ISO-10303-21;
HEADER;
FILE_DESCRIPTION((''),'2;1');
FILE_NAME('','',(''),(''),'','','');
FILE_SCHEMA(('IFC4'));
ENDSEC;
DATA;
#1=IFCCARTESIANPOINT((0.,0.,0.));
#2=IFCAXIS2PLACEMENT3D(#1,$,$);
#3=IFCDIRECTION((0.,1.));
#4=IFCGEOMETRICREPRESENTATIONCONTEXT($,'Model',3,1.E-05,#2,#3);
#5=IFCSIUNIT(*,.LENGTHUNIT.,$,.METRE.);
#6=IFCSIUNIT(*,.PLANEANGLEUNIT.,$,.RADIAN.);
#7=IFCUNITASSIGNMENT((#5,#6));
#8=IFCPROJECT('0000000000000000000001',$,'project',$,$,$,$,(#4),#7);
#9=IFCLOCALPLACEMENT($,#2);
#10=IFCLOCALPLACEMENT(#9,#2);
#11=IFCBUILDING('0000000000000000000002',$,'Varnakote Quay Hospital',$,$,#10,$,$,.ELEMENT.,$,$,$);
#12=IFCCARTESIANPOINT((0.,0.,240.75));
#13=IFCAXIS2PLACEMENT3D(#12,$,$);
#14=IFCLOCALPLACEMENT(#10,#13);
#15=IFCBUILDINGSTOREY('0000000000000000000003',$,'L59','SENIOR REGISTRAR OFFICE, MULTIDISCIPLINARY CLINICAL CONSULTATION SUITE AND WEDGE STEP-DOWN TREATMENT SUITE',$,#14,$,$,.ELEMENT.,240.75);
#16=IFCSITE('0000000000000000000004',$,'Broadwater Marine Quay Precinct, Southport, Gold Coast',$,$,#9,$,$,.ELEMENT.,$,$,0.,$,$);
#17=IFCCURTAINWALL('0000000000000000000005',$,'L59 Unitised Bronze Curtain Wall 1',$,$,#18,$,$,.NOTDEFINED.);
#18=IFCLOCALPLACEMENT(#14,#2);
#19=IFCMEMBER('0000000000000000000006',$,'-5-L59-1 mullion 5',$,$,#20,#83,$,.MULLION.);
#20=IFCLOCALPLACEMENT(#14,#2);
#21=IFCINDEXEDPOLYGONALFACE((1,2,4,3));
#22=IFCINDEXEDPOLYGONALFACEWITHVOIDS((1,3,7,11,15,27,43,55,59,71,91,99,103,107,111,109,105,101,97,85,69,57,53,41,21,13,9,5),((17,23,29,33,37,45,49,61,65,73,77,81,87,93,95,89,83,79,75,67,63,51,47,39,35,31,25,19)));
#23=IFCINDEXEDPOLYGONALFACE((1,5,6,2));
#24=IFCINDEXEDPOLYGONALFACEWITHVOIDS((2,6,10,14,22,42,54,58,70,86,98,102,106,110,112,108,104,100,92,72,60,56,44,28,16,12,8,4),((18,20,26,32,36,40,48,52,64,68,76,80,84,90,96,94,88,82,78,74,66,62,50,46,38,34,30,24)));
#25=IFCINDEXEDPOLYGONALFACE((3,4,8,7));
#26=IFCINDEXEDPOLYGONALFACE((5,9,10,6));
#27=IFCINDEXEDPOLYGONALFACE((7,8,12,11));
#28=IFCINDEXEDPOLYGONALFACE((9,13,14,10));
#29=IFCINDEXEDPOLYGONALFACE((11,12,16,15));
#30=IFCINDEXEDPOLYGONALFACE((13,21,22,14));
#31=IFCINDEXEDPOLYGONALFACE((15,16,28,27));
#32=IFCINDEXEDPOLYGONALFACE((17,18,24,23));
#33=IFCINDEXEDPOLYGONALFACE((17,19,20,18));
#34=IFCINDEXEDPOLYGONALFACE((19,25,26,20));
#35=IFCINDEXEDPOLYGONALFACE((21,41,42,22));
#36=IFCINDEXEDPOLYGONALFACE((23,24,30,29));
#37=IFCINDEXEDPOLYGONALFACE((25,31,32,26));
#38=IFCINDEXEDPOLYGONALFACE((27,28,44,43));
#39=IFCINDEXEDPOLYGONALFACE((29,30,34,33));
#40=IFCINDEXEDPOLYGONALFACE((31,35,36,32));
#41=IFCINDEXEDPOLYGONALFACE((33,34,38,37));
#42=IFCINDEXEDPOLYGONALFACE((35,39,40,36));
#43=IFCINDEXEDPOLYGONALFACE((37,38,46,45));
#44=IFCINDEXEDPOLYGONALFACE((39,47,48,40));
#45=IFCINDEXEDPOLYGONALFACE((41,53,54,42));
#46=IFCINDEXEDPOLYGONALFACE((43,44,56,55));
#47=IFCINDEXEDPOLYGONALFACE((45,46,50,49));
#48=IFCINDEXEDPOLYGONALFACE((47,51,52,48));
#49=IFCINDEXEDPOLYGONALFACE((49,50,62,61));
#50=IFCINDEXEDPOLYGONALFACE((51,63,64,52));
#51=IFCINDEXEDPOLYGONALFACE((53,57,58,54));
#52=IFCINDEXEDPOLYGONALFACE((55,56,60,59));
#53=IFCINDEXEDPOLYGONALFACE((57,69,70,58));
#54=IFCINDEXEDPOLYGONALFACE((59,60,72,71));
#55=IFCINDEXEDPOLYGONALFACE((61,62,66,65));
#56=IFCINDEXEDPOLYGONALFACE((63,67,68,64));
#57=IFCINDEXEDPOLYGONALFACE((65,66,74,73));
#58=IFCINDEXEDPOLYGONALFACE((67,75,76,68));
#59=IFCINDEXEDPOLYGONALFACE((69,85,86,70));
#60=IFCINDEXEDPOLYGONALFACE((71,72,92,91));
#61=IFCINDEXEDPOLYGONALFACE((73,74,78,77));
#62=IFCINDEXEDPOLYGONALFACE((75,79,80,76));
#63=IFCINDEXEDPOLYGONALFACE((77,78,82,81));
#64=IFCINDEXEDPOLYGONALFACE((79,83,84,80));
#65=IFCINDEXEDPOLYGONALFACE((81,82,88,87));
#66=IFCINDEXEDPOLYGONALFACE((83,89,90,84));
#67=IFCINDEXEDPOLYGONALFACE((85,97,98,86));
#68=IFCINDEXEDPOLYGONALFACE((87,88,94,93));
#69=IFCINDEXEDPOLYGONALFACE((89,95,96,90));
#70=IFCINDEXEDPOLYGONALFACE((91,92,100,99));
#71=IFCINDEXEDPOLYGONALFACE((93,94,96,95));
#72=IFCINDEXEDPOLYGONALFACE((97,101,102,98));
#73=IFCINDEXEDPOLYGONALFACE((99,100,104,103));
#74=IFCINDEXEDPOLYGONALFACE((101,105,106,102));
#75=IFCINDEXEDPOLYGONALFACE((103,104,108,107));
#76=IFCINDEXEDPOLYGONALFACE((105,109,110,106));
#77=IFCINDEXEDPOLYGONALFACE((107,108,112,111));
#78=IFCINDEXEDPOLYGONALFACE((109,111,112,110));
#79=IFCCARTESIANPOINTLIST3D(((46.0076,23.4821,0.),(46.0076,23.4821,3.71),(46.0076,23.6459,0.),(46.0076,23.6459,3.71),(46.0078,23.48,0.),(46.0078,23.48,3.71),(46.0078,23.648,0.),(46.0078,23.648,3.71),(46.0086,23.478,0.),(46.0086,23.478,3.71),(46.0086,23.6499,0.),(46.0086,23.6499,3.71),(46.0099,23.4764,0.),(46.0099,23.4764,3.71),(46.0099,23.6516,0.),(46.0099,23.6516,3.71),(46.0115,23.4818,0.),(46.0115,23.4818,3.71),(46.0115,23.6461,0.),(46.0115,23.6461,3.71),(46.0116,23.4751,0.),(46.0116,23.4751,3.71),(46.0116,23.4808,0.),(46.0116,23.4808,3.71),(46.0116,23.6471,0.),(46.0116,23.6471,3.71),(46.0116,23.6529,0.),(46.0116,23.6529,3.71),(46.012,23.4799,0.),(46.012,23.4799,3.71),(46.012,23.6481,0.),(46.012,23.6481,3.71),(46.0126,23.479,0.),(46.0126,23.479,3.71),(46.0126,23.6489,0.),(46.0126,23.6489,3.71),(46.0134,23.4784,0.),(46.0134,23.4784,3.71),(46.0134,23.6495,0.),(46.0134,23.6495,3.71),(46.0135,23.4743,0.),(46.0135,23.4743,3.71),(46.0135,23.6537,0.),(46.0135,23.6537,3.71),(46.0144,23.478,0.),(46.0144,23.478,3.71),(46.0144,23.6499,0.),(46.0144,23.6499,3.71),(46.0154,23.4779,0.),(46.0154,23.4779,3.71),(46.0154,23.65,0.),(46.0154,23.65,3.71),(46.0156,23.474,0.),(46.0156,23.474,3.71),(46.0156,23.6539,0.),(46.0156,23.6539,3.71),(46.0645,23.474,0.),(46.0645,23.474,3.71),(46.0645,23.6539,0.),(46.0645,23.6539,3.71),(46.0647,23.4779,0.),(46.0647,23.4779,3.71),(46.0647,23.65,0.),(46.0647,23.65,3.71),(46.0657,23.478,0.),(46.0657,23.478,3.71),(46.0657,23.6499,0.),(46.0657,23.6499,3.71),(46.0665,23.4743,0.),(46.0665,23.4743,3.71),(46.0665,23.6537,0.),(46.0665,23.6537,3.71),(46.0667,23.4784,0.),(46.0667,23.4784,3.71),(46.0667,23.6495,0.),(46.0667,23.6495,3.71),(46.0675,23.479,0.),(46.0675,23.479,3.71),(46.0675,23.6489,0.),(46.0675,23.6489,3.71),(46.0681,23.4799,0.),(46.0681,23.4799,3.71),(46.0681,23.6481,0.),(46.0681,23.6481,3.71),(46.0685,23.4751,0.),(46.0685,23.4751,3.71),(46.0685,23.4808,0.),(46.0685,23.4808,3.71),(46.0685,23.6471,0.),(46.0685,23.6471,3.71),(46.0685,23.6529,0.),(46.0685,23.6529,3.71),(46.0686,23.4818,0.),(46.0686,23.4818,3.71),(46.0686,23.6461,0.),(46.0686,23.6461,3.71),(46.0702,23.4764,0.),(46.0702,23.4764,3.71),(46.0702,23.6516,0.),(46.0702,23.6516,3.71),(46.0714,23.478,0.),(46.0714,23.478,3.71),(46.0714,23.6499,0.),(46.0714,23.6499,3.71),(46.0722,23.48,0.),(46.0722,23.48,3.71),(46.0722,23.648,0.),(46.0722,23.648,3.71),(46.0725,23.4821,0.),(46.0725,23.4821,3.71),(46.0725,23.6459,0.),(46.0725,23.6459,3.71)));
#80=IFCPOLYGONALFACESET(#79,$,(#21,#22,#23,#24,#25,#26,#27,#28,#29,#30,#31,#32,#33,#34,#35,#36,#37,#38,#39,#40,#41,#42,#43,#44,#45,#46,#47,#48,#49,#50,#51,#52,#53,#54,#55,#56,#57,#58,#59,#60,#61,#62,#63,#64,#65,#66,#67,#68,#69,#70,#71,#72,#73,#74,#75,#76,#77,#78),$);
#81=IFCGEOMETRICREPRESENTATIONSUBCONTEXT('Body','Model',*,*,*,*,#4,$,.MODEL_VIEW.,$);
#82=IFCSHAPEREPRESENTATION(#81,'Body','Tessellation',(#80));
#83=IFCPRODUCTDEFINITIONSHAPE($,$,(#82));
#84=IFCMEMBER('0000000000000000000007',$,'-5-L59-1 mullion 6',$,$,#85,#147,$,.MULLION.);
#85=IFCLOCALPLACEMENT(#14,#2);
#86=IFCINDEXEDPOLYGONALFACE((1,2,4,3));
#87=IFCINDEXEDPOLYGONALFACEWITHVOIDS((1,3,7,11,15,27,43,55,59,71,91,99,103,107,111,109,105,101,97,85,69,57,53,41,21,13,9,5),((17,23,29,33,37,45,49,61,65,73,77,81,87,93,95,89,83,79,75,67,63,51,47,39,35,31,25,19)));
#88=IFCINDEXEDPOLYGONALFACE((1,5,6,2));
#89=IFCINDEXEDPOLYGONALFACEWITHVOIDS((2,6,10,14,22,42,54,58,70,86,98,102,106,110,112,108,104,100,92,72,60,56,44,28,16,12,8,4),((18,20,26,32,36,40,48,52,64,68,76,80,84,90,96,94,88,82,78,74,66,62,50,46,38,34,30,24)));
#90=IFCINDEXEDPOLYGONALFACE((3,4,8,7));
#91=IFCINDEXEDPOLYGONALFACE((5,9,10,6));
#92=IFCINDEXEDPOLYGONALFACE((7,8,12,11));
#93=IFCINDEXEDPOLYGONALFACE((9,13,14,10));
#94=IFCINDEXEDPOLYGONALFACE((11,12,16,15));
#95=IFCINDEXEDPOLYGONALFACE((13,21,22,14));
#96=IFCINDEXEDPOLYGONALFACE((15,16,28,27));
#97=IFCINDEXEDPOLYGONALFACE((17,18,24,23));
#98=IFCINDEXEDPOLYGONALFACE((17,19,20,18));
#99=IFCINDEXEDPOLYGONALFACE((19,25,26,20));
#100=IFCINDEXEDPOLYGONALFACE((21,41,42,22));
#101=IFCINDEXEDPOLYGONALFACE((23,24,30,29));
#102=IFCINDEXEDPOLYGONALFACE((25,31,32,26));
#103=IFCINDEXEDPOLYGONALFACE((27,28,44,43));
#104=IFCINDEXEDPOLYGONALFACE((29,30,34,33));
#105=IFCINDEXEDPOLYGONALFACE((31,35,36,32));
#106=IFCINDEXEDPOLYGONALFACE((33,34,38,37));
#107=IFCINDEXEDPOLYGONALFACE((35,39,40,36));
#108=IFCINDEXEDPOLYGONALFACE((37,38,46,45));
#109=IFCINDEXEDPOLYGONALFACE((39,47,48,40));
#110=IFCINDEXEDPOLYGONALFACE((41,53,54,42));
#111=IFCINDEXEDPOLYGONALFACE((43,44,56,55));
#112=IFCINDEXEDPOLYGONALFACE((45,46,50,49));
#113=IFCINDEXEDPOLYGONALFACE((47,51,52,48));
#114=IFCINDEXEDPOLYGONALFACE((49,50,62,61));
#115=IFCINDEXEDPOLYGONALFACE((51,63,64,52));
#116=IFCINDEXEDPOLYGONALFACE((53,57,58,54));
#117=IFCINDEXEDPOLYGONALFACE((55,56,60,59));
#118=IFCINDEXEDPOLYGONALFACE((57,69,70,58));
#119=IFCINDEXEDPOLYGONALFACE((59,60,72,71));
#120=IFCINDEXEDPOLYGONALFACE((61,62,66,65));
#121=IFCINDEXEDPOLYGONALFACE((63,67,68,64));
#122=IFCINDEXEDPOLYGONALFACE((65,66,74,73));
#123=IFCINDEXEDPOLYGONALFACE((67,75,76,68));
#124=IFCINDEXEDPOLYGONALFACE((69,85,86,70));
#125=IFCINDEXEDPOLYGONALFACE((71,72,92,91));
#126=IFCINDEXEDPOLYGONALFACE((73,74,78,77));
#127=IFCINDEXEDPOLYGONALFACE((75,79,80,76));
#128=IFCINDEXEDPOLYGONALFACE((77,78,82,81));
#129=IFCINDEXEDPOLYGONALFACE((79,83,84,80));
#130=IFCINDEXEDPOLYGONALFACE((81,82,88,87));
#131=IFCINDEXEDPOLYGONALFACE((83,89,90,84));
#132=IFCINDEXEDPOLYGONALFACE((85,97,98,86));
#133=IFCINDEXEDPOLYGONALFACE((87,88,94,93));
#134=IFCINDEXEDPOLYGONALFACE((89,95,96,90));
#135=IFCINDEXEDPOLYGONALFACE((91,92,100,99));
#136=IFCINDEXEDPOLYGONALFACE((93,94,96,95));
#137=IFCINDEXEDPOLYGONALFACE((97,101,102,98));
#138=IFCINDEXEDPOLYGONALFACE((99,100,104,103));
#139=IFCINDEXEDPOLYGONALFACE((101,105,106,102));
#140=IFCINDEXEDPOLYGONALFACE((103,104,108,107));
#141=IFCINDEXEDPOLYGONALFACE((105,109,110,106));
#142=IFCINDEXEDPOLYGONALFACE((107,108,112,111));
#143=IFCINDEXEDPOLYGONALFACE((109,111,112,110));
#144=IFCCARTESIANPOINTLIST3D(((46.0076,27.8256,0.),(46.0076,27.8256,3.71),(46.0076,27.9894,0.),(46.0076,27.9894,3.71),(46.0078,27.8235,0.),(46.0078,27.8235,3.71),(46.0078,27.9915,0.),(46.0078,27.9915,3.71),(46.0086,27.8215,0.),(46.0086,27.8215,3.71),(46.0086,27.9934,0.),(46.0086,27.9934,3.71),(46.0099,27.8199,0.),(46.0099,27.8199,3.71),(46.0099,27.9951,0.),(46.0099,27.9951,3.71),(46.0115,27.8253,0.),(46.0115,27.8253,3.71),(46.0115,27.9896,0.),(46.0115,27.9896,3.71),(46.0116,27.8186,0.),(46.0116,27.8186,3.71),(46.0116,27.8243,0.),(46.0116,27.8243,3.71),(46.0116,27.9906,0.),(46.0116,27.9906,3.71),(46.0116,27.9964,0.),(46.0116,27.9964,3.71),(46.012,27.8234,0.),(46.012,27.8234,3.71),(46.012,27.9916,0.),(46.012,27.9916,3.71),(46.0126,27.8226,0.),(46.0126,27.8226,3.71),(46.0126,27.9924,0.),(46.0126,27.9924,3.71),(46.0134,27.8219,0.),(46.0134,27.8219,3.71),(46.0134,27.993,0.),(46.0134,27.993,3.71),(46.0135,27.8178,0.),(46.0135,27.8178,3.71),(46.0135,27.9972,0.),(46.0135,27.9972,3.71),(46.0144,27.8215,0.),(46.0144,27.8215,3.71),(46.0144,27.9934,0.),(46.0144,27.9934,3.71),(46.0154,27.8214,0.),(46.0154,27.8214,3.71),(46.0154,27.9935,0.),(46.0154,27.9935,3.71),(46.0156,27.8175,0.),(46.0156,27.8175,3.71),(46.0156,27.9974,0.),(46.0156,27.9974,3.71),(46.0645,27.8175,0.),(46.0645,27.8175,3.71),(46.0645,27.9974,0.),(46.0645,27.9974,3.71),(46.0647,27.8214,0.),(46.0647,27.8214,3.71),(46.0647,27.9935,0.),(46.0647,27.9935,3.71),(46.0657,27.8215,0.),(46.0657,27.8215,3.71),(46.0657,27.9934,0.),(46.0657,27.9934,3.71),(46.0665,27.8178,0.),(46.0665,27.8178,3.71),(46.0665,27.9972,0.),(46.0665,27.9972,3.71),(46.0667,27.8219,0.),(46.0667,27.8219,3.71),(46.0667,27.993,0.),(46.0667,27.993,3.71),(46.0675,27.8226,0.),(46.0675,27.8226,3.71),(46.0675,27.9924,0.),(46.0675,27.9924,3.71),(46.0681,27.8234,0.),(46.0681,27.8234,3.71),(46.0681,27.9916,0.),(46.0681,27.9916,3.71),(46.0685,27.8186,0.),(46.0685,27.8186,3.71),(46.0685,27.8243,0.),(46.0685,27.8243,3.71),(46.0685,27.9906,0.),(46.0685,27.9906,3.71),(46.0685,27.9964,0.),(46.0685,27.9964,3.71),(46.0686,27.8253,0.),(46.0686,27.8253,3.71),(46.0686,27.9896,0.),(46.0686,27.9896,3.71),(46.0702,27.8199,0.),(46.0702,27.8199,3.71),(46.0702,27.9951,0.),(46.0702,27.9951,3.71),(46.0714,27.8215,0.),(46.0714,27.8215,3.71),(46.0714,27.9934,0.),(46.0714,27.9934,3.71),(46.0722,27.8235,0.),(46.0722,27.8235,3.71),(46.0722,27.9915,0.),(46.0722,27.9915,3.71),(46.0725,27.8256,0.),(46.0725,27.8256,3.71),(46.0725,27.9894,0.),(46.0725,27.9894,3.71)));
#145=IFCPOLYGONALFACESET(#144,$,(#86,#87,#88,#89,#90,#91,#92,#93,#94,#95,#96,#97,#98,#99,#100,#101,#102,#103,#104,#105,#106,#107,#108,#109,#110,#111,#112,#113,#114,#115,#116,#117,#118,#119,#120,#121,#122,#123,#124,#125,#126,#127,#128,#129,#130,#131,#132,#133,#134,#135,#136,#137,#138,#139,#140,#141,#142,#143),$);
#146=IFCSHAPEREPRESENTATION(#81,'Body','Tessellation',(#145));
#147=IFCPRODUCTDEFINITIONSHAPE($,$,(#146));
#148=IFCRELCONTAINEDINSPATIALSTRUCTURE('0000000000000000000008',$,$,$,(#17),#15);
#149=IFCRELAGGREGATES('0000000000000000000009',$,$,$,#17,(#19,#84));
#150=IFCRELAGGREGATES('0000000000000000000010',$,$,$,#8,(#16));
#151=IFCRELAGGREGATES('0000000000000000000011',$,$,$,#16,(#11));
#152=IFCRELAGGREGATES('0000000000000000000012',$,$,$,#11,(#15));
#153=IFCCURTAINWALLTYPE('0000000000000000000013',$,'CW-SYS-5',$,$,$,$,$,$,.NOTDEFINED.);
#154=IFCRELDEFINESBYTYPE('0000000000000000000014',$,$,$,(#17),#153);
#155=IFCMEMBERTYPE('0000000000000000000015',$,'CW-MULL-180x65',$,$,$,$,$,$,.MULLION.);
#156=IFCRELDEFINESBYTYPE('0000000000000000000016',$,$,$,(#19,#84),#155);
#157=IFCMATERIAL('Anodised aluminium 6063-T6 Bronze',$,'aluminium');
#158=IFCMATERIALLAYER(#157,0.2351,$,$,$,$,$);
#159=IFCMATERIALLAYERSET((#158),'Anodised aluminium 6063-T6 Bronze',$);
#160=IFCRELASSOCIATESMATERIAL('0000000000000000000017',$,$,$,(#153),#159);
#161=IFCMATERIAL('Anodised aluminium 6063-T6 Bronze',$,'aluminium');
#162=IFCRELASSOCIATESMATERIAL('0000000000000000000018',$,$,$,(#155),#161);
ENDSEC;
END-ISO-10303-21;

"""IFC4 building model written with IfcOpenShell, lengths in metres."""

from ifc_helpers import new_model, si_unit, direction, frame, origin, origin_2d, place, context, subcontext, project, spatial, hollow_rectangle, extrude, material, layer, layer_set, material_profile, profile_set, type_object, element, aggregate, save


model = new_model("IFC4")

# Units and contexts
model_context = context("Model", 3, precision=1e-05, world=origin(), true_north=direction((0.0, 1.0)))
body_context = subcontext(model_context, "Body", "Model", "MODEL_VIEW")
ifc_project = project(units=[si_unit("LENGTHUNIT", "METRE"), si_unit("PLANEANGLEUNIT", "RADIAN")], contexts=[model_context])

# Site, building, storey
site_placement = place(None, origin())
site = spatial("IfcSite", under=ifc_project, at=site_placement, Name="Broadwater Marine Quay Precinct, Southport, Gold Coast", CompositionType="ELEMENT", RefElevation=0.0)
building_placement = place(site_placement, origin())
building = spatial("IfcBuilding", under=site, at=building_placement, Name="Varnakote Quay Hospital", CompositionType="ELEMENT")
storey_placement = place(building_placement, frame((0.0, 0.0, 240.75)))
storey = spatial("IfcBuildingStorey", under=building, at=storey_placement, Name="L59", Description="SENIOR REGISTRAR OFFICE, MULTIDISCIPLINARY CLINICAL CONSULTATION SUITE AND WEDGE STEP-DOWN TREATMENT SUITE", CompositionType="ELEMENT", Elevation=240.75)

# Curtain wall, members
ifc_material_1 = material(Name="Anodised aluminium 6063-T6 Bronze", Category="aluminium")
ifc_layer_1 = layer(ifc_material_1, 0.2351)
ifc_layer_set_1 = layer_set([ifc_layer_1], Name="Anodised aluminium 6063-T6 Bronze")
curtain_wall_type = type_object("IfcCurtainWallType", Name="CW-SYS-5", PredefinedType="NOTDEFINED", material=ifc_layer_set_1)
curtain_wall_1_placement = place(storey_placement, origin())
curtain_wall_1 = element("IfcCurtainWall", 1, at=curtain_wall_1_placement, inside=storey, type_object=curtain_wall_type, Name="L59 Unitised Bronze Curtain Wall 1", PredefinedType="NOTDEFINED")
ifc_material_2 = material(Name="Anodised aluminium 6063-T6 Bronze", Category="aluminium")
ifc_material_profile_1 = material_profile(ifc_material_2, hollow_rectangle(XDim=0.0649, YDim=0.1799, WallThickness=0.0039, InnerFilletRadius=0.0039, OuterFilletRadius=0.0081, at=origin_2d()), Name="CW-MULL-180x65")
ifc_profile_set_1 = profile_set([ifc_material_profile_1], Name="Anodised aluminium 6063-T6 Bronze")
member_type_1 = type_object("IfcMemberType", Name="CW-MULL-180x65", PredefinedType="MULLION", material=ifc_profile_set_1)
member_1_placement = place(storey_placement, frame((46.04, 23.564, 0.0), z_axis=(0.0, 0.0, 1.0), x_axis=(-1.0, 0.0, 0.0)))
member_1 = element("IfcMember", 2, at=member_1_placement, type_object=member_type_1, Name="-5-L59-1 mullion 5", PredefinedType="MULLION", context=body_context, shape_type="SweptSolid", body=[
    extrude(hollow_rectangle(XDim=0.0649, YDim=0.1799, WallThickness=0.0039, InnerFilletRadius=0.0039, OuterFilletRadius=0.0081, at=origin_2d()), origin(), (0.0, 0.0, 1.0), 3.71),
])
member_2_placement = place(storey_placement, frame((46.04, 27.9075, 0.0), z_axis=(0.0, 0.0, 1.0), x_axis=(-1.0, 0.0, 0.0)))
member_2 = element("IfcMember", 3, at=member_2_placement, type_object=member_type_1, Name="-5-L59-1 mullion 6", PredefinedType="MULLION", context=body_context, shape_type="SweptSolid", body=[
    extrude(hollow_rectangle(XDim=0.0649, YDim=0.1799, WallThickness=0.0039, InnerFilletRadius=0.0039, OuterFilletRadius=0.0081, at=origin_2d()), origin(), (0.0, 0.0, 1.0), 3.71),
])

aggregate(curtain_wall_1, [member_1, member_2])

save(model, "model.ifc")
